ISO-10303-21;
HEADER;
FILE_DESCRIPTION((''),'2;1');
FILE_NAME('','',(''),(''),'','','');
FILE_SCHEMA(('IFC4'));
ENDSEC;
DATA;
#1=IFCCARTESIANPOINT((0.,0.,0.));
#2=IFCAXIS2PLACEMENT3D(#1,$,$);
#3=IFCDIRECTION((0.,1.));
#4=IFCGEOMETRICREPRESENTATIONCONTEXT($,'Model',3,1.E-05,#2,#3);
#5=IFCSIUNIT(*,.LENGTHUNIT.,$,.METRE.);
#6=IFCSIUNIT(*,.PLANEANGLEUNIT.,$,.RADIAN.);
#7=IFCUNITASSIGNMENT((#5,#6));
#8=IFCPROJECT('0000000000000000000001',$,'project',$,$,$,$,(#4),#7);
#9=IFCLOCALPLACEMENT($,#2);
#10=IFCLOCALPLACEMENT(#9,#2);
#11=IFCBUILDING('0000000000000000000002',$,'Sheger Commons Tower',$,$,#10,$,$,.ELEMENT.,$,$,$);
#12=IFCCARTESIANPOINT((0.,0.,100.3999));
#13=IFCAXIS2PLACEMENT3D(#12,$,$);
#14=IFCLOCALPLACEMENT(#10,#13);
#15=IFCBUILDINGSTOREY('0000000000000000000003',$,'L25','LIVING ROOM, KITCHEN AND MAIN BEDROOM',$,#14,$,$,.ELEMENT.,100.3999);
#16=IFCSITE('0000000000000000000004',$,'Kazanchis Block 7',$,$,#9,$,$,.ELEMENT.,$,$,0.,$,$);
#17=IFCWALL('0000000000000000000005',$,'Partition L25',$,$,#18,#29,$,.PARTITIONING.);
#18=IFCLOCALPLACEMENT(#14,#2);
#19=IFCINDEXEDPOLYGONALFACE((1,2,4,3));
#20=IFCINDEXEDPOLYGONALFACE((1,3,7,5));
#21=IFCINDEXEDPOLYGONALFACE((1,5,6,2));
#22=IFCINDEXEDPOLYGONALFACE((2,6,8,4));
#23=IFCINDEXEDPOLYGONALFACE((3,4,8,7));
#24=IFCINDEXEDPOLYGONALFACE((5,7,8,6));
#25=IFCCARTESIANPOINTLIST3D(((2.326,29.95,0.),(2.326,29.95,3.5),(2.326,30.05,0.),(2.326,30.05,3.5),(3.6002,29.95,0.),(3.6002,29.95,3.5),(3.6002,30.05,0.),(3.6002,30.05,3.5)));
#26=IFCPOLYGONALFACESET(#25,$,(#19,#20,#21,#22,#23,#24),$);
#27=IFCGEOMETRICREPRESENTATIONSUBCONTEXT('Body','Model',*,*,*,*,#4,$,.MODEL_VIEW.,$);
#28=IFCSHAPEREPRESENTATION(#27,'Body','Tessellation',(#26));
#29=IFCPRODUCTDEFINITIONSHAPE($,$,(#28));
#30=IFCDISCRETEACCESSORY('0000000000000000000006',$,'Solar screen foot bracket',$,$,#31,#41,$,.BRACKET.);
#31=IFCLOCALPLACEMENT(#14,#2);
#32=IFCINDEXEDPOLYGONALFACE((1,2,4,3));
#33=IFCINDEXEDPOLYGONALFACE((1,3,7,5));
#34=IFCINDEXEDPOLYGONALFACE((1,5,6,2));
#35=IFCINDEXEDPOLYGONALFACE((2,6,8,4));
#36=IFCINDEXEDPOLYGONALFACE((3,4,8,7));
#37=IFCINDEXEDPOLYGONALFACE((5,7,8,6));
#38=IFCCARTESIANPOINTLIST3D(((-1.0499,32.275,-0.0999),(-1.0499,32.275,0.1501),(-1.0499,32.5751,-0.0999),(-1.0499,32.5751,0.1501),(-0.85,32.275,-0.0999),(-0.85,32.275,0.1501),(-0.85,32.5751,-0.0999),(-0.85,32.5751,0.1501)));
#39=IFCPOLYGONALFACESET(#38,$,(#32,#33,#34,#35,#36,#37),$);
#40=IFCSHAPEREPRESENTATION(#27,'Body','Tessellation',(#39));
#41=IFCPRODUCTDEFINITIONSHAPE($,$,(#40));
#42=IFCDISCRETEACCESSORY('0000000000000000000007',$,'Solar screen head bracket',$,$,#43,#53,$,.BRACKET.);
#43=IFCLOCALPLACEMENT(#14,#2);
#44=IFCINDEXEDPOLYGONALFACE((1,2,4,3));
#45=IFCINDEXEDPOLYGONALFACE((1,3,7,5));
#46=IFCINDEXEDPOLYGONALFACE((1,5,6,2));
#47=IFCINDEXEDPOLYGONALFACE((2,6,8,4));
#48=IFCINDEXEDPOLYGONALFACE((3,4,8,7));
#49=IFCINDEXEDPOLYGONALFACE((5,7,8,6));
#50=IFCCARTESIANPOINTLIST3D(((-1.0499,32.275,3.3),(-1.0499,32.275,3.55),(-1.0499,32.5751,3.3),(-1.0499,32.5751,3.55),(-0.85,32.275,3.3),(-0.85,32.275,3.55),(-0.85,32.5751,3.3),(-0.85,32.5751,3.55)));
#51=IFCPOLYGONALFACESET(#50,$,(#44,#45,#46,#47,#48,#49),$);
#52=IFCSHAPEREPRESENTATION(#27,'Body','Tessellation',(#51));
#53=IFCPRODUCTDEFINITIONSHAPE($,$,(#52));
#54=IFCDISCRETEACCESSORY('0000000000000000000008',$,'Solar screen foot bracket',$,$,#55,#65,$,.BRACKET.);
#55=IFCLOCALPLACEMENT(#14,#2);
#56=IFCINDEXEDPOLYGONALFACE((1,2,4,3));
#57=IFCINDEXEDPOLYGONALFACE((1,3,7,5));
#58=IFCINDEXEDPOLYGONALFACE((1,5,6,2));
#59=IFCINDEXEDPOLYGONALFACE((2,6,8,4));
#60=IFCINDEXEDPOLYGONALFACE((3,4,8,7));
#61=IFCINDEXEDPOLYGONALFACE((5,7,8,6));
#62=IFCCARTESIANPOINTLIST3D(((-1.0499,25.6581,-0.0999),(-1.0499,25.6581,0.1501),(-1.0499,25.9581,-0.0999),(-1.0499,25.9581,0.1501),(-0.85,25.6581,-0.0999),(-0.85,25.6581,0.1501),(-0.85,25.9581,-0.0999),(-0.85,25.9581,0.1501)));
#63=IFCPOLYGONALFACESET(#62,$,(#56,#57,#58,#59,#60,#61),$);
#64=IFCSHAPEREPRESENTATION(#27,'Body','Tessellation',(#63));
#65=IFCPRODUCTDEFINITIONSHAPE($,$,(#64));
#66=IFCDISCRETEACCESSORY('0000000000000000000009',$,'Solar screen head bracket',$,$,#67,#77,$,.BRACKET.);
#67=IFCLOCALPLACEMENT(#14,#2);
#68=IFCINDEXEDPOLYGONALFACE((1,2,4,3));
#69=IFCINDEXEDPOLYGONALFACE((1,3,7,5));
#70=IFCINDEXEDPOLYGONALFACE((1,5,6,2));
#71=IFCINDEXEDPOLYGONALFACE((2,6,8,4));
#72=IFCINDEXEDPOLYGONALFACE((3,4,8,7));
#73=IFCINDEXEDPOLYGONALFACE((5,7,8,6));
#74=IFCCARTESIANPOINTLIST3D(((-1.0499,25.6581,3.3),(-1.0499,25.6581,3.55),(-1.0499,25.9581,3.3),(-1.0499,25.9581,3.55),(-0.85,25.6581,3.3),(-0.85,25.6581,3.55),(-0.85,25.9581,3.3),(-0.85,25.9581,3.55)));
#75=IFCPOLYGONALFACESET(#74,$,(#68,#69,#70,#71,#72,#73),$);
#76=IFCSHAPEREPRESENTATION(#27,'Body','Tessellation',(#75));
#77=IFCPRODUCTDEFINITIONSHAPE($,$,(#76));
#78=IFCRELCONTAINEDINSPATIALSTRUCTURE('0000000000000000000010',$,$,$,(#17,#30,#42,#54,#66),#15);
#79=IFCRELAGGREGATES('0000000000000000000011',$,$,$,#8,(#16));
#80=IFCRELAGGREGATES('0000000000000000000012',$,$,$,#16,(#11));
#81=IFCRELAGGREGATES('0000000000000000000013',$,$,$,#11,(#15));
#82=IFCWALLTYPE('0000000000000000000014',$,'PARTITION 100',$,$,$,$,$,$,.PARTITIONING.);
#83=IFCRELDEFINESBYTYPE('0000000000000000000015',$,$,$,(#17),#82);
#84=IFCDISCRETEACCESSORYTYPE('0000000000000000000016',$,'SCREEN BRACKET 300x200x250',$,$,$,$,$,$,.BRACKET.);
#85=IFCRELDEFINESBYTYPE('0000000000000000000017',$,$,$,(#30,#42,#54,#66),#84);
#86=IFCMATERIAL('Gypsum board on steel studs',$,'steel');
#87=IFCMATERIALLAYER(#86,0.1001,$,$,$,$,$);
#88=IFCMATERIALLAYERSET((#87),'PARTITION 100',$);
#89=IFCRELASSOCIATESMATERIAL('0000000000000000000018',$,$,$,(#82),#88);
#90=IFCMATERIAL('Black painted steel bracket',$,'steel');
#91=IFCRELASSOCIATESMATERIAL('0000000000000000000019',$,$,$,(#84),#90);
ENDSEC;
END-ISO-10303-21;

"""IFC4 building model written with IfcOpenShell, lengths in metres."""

from ifc_helpers import new_model, si_unit, direction, frame, frame_2d, origin, origin_2d, place, context, subcontext, project, spatial, rectangle, extrude, material, layer, layer_set, type_object, element, save


model = new_model("IFC4")

# Units and contexts
model_context = context("Model", 3, precision=1e-05, world=origin(), true_north=direction((0.0, 1.0)))
body_context = subcontext(model_context, "Body", "Model", "MODEL_VIEW")
ifc_project = project(units=[si_unit("LENGTHUNIT", "METRE"), si_unit("PLANEANGLEUNIT", "RADIAN")], contexts=[model_context])

# Site, building, storey
site_placement = place(None, origin())
site = spatial("IfcSite", under=ifc_project, at=site_placement, Name="Kazanchis Block 7", CompositionType="ELEMENT", RefElevation=0.0)
building_placement = place(site_placement, origin())
building = spatial("IfcBuilding", under=site, at=building_placement, Name="Sheger Commons Tower", CompositionType="ELEMENT")
storey_placement = place(building_placement, frame((0.0, 0.0, 100.3999)))
storey = spatial("IfcBuildingStorey", under=building, at=storey_placement, Name="L25", Description="LIVING ROOM, KITCHEN AND MAIN BEDROOM", CompositionType="ELEMENT", Elevation=100.3999)

# Shared definitions
ifc_material_1 = material(Name="Gypsum board on steel studs", Category="steel")
ifc_layer_1 = layer(ifc_material_1, 0.1001)
ifc_layer_set_1 = layer_set([ifc_layer_1], Name="PARTITION 100")
wall_type_1 = type_object("IfcWallType", Name="PARTITION 100", PredefinedType="PARTITIONING", material=ifc_layer_set_1)

# Wall
wall_1_placement = place(storey_placement, frame((2.3259, 30.0, 0.0), z_axis=(0.0, 0.0, 1.0), x_axis=(1.0, 0.0, 0.0)))
element("IfcWall", 1, at=wall_1_placement, inside=storey, type_object=wall_type_1, Name="Partition L25", PredefinedType="PARTITIONING", context=body_context, shape_type="SweptSolid", body=[
    extrude(rectangle(XDim=1.2742, YDim=0.1001, at=frame_2d((0.6372, 0.0))), origin(), (0.0, 0.0, 1.0), 3.5),
])

# Discrete accessories
ifc_material_2 = material(Name="Black painted steel bracket", Category="steel")
discrete_accessory_type = type_object("IfcDiscreteAccessoryType", Name="SCREEN BRACKET 300x200x250", PredefinedType="BRACKET", material=ifc_material_2)
for number, where, z_axis, x_axis, name in (
    (2, (-0.95, 32.425, -0.0999), (0.0, 0.0, 1.0), (0.0, -1.0, 0.0), "Solar screen foot bracket"),
    (3, (-0.95, 32.425, 3.3), (0.0, 0.0, 1.0), (0.0, -1.0, 0.0), "Solar screen head bracket"),
    (4, (-0.95, 25.8081, -0.0999), (0.0, 0.0, 1.0), (0.0, -1.0, 0.0), "Solar screen foot bracket"),
    (5, (-0.95, 25.8081, 3.3), (0.0, 0.0, 1.0), (0.0, -1.0, 0.0), "Solar screen head bracket"),
):
    element("IfcDiscreteAccessory", number, at=place(storey_placement, frame(where, z_axis=z_axis, x_axis=x_axis)), inside=storey, type_object=discrete_accessory_type, Name=name, PredefinedType="BRACKET", context=body_context, shape_type="SweptSolid", body=[
        extrude(rectangle(XDim=0.3, YDim=0.2, at=origin_2d()), origin(), (0.0, 0.0, 1.0), 0.25),
    ])

save(model, "model.ifc")
